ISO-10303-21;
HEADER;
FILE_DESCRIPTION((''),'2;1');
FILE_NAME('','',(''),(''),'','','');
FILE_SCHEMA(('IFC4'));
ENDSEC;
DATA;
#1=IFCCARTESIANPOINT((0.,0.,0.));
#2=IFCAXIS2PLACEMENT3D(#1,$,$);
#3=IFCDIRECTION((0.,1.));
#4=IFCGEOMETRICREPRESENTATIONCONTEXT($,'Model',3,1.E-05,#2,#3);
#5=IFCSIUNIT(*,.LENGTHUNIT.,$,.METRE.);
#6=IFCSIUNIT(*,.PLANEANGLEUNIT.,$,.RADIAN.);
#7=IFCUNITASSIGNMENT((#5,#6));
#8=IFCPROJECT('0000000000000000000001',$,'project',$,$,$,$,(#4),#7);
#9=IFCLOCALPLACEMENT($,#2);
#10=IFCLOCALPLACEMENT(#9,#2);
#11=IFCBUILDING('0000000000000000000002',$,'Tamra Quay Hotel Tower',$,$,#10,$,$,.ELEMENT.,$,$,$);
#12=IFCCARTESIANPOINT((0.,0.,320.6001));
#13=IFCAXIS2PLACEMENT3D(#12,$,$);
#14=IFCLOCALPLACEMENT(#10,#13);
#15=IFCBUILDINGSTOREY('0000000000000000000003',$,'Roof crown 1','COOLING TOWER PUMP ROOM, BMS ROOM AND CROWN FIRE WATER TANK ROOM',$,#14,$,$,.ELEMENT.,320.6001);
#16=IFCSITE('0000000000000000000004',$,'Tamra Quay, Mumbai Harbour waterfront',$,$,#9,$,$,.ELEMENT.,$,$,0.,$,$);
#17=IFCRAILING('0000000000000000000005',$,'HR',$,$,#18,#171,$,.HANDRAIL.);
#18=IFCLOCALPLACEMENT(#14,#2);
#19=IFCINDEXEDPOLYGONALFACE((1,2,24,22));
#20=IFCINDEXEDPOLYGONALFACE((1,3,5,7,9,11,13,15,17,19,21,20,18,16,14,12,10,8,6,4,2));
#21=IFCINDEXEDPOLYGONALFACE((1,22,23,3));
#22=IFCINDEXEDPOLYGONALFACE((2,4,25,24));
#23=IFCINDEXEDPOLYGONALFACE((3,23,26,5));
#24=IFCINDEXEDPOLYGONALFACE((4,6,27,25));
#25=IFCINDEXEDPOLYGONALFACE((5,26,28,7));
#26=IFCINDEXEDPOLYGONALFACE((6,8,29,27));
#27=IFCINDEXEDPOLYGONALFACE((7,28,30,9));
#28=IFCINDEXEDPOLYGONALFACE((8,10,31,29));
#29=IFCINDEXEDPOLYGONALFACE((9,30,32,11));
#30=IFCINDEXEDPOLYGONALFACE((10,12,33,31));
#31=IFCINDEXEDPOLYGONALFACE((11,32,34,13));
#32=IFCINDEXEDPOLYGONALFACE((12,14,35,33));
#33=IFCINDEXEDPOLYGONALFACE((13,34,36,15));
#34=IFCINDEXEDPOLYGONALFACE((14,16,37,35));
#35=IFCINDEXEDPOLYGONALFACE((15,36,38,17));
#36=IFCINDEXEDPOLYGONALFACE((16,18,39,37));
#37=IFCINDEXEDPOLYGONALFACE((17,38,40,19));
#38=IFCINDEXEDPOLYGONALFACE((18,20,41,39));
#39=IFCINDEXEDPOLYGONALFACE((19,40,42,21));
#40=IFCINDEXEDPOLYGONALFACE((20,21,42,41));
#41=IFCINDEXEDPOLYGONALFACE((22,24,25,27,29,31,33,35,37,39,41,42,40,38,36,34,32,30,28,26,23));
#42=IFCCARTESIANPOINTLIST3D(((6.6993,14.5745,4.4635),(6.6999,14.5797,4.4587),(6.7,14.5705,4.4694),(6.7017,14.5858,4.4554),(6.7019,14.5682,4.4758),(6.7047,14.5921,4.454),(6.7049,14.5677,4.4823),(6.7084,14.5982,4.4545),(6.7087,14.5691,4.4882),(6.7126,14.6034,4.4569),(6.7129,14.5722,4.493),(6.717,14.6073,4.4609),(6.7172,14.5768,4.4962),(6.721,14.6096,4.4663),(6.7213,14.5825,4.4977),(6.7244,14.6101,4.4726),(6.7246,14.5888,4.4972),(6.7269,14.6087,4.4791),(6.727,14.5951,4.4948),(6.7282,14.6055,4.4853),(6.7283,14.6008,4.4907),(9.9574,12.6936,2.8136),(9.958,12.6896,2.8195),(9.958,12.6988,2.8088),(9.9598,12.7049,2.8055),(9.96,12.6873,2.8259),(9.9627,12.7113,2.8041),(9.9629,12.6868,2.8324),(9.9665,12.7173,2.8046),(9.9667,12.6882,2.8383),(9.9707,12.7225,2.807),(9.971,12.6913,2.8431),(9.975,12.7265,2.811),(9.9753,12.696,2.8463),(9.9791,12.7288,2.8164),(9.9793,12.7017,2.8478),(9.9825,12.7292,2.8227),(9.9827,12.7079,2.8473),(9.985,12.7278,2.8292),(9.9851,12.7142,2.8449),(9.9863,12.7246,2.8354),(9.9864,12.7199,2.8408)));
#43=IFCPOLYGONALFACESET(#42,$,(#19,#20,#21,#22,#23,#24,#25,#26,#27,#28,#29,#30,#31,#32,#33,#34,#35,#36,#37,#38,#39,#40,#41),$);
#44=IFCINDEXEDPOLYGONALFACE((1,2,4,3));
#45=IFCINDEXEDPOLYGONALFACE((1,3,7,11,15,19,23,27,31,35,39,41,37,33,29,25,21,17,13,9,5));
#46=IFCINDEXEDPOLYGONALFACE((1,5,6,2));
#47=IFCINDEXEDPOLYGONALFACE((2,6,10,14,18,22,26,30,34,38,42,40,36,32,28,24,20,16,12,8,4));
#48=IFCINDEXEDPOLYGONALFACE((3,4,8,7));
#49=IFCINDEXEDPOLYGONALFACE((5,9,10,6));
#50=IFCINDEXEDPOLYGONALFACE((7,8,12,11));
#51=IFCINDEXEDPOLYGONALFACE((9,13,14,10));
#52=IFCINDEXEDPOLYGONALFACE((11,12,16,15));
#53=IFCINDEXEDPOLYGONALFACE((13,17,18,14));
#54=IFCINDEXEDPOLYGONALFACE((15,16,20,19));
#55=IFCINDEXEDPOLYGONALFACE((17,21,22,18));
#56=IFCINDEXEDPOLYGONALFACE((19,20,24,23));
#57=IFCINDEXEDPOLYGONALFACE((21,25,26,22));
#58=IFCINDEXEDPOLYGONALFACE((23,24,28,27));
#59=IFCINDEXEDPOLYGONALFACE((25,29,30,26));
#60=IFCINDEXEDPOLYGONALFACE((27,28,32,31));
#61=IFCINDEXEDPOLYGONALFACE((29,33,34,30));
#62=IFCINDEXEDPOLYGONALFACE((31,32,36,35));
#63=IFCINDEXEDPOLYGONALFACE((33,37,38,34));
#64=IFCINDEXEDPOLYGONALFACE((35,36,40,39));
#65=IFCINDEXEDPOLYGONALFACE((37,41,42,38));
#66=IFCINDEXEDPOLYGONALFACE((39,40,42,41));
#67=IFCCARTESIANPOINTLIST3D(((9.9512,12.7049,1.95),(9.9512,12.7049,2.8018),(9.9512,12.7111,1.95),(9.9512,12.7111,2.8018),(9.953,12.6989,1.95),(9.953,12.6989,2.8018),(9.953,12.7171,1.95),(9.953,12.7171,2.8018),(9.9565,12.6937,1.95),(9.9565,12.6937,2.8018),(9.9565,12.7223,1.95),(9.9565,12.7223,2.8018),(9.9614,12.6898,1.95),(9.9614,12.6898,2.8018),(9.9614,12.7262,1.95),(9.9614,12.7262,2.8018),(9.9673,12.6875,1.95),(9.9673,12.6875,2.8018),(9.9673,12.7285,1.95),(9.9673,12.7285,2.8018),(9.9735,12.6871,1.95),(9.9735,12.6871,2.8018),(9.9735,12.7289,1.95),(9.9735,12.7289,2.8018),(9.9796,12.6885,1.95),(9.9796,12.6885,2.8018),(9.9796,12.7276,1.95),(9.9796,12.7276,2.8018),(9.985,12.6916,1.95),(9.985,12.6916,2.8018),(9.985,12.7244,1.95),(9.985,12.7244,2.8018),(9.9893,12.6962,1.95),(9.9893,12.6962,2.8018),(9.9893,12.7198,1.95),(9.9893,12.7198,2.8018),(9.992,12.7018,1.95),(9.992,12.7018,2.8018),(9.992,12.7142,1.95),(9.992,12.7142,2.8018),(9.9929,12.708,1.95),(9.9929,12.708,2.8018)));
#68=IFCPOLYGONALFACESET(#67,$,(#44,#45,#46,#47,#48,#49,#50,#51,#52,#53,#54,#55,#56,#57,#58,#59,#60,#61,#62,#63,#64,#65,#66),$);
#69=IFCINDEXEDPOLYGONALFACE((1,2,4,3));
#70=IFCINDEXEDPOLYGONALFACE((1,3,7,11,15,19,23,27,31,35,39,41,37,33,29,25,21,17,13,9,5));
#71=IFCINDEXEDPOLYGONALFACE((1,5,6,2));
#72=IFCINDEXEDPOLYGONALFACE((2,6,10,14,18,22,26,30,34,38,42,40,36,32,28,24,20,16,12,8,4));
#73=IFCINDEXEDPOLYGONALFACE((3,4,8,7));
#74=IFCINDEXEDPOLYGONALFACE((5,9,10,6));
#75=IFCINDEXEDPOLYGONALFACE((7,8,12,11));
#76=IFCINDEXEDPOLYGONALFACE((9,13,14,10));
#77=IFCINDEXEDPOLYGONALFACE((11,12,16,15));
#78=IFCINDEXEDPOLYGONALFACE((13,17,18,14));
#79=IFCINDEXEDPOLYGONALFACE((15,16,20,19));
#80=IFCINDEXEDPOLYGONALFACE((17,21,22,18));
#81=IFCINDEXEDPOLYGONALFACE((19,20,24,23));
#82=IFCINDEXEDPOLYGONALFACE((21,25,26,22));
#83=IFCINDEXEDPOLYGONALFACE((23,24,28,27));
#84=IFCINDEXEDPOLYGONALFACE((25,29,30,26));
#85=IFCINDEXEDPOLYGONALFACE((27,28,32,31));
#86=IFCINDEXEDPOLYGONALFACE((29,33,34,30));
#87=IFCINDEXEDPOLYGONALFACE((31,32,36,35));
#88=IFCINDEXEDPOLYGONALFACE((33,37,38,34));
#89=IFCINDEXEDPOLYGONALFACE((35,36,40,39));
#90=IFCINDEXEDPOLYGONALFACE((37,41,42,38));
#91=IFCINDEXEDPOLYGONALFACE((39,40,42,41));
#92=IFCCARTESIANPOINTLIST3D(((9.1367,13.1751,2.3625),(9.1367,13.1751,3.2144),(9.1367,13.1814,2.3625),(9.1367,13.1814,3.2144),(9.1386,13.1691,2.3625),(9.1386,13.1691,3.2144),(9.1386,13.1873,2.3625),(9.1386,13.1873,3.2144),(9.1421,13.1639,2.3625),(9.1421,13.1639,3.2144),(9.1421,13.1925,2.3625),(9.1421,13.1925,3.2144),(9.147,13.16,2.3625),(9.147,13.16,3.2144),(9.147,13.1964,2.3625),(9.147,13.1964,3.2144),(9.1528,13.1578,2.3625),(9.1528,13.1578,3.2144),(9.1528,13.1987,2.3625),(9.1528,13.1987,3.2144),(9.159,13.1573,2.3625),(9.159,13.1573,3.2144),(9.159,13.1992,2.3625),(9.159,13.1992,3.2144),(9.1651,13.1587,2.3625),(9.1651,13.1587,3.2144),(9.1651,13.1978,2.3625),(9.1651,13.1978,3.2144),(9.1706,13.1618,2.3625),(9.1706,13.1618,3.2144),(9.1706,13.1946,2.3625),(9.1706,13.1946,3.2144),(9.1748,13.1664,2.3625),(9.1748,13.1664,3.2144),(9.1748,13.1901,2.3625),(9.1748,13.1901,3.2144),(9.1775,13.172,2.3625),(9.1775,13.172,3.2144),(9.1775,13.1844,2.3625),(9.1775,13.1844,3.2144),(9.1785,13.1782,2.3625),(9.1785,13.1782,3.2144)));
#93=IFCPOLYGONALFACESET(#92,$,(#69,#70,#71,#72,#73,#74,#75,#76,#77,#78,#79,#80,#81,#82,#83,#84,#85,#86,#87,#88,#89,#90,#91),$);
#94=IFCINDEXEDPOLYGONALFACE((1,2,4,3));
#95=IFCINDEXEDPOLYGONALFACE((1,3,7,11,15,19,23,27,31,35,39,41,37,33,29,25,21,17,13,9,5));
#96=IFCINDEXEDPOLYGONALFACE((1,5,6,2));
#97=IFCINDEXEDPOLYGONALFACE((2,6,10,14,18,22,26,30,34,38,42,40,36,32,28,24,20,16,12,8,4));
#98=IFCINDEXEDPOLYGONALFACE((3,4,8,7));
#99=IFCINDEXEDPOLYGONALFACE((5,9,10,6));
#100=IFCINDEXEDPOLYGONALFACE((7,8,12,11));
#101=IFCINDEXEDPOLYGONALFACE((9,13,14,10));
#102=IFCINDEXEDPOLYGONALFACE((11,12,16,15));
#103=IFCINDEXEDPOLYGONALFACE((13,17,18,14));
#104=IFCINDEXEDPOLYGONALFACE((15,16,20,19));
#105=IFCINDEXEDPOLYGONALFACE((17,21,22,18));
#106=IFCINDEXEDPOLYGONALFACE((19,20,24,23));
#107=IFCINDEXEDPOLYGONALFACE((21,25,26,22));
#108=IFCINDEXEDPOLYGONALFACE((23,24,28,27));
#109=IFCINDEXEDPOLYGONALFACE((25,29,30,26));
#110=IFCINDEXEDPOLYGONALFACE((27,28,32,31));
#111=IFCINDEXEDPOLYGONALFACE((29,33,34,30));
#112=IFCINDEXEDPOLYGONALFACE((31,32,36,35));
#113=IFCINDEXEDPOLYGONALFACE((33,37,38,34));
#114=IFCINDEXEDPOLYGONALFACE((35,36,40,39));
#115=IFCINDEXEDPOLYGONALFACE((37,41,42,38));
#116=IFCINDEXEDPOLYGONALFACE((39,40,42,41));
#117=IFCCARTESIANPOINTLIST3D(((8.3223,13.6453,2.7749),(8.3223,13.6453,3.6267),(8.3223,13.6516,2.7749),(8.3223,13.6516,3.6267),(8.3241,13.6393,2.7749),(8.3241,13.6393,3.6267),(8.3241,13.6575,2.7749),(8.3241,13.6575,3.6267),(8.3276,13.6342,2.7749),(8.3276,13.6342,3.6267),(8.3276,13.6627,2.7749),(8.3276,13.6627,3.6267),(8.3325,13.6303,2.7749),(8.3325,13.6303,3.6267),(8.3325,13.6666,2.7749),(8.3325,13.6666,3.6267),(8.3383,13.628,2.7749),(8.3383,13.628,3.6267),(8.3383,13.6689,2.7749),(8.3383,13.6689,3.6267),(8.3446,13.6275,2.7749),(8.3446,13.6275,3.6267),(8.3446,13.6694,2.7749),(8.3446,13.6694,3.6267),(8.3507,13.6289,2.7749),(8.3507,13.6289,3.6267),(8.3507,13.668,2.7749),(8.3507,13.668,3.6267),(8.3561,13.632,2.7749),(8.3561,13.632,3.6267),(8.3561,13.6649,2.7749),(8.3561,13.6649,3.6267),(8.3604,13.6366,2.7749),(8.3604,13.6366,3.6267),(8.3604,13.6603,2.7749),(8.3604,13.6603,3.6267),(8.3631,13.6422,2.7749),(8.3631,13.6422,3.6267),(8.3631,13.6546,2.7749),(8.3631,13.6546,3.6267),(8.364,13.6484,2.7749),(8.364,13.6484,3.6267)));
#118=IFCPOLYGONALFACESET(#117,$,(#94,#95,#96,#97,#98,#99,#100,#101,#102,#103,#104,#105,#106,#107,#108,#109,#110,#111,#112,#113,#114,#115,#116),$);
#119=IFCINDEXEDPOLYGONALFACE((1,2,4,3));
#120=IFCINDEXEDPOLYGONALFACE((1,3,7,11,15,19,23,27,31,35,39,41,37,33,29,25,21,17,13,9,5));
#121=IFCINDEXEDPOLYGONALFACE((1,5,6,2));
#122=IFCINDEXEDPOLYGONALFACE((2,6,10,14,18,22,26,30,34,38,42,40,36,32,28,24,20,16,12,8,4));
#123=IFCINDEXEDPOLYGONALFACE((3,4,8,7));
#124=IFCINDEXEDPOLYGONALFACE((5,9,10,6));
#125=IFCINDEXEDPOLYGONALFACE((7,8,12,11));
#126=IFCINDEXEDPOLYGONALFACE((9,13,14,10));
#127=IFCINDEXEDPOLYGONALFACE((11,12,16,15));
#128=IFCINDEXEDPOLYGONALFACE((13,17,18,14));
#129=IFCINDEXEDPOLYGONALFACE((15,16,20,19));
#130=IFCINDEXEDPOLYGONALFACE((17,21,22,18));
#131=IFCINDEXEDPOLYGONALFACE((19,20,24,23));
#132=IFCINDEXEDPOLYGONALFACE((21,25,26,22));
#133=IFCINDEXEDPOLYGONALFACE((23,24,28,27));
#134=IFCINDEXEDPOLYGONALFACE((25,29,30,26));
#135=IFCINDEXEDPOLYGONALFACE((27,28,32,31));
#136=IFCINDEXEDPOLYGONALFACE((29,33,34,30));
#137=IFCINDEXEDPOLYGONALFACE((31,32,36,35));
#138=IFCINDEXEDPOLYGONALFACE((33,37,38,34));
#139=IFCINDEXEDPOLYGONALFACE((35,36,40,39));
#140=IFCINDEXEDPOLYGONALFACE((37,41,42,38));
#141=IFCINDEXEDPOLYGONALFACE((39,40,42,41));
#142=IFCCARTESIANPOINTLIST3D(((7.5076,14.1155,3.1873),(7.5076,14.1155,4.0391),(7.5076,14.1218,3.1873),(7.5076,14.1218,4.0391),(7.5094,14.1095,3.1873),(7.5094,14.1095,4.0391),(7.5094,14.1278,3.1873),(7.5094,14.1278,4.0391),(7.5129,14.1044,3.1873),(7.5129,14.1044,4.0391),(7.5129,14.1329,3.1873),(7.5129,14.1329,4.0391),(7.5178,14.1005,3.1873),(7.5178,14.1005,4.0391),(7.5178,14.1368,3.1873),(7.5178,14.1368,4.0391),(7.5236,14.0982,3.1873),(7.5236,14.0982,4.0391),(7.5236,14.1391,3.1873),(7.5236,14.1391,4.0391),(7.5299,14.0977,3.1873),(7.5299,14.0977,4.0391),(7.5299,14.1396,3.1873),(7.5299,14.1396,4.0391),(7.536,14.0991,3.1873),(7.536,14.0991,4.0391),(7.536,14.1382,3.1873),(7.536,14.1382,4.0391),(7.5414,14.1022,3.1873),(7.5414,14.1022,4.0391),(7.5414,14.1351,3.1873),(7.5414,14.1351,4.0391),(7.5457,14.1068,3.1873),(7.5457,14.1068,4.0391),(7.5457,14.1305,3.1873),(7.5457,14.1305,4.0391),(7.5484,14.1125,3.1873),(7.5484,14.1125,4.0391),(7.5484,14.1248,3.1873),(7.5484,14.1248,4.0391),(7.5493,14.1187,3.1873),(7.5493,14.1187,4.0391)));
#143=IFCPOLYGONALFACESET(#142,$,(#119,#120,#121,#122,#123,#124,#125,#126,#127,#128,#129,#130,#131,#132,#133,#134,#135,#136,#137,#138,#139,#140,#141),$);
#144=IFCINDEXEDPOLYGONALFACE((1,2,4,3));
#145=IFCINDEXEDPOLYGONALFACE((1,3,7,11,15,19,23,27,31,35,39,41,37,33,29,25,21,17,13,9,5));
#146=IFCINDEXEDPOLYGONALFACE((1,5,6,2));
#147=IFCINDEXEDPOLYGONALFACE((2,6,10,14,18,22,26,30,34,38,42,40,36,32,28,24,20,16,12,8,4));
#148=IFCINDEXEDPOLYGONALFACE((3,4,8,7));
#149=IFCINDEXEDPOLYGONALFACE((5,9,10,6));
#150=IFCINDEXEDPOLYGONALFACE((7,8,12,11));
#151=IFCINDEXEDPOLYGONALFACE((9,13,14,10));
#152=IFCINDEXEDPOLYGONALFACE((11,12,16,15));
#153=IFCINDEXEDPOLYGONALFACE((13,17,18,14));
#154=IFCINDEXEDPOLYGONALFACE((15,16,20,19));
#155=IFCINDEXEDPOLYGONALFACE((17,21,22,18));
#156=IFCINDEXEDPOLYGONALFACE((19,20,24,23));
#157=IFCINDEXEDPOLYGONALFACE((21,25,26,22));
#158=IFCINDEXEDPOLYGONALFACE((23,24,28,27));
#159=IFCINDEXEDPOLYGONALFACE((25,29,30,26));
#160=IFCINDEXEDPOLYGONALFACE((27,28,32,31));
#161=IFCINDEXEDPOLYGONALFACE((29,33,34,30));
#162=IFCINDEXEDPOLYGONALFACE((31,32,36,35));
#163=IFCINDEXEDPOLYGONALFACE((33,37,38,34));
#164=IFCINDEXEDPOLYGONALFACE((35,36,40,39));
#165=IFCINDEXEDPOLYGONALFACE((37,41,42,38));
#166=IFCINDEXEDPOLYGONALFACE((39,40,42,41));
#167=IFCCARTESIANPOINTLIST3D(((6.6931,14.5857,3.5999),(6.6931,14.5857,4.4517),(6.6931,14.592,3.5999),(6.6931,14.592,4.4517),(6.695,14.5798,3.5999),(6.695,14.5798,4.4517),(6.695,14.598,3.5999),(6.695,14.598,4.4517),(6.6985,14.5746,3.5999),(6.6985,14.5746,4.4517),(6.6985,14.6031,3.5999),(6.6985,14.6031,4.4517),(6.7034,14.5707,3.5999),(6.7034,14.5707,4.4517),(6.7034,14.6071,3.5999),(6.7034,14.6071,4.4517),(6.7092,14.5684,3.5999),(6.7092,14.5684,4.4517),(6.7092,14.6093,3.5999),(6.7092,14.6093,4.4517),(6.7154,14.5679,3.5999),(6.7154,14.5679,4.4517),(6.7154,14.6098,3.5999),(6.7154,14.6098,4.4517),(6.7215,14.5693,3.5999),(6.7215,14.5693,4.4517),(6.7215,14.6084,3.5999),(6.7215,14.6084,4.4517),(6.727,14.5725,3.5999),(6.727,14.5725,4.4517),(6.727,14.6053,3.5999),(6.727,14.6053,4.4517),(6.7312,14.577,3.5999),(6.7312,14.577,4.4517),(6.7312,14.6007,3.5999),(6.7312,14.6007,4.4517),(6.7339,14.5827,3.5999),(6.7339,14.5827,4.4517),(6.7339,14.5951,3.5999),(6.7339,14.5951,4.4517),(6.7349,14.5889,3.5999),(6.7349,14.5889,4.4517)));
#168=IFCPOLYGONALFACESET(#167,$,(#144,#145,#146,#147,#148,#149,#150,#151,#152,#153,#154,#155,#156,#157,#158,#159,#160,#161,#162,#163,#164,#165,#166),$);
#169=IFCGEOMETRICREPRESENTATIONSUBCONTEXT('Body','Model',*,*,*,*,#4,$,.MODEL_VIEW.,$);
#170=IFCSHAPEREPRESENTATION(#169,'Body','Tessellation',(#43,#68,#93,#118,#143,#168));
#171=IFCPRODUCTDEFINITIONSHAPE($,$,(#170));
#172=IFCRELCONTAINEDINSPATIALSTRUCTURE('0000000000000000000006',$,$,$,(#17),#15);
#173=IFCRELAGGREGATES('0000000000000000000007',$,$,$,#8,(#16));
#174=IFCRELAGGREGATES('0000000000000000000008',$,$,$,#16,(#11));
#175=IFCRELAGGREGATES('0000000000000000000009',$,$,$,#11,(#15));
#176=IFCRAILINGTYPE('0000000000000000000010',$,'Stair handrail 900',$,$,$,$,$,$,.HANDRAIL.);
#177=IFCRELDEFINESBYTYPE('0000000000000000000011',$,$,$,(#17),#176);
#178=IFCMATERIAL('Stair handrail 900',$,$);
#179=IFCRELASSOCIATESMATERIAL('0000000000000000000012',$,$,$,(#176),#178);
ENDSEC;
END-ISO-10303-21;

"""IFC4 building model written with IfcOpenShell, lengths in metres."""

from ifc_helpers import new_model, si_unit, direction, frame, origin, origin_2d, place, context, subcontext, project, spatial, circle, extrude, material, type_object, element, save


model = new_model("IFC4")

# Units and contexts
model_context = context("Model", 3, precision=1e-05, world=origin(), true_north=direction((0.0, 1.0)))
body_context = subcontext(model_context, "Body", "Model", "MODEL_VIEW")
ifc_project = project(units=[si_unit("LENGTHUNIT", "METRE"), si_unit("PLANEANGLEUNIT", "RADIAN")], contexts=[model_context])

# Site, building, storey
site_placement = place(None, origin())
site = spatial("IfcSite", under=ifc_project, at=site_placement, Name="Tamra Quay, Mumbai Harbour waterfront", CompositionType="ELEMENT", RefElevation=0.0)
building_placement = place(site_placement, origin())
building = spatial("IfcBuilding", under=site, at=building_placement, Name="Tamra Quay Hotel Tower", CompositionType="ELEMENT")
storey_placement = place(building_placement, frame((0.0, 0.0, 320.6001)))
storey = spatial("IfcBuildingStorey", under=building, at=storey_placement, Name="Roof crown 1", Description="COOLING TOWER PUMP ROOM, BMS ROOM AND CROWN FIRE WATER TANK ROOM", CompositionType="ELEMENT", Elevation=320.6001)

# Railing
ifc_material_1 = material(Name="Stair handrail 900")
railing_type_1 = type_object("IfcRailingType", Name="Stair handrail 900", PredefinedType="HANDRAIL", material=ifc_material_1)
railing_1_placement = place(storey_placement, frame((9.9719, 12.708, 1.95)))
element("IfcRailing", 1, at=railing_1_placement, inside=storey, type_object=railing_type_1, Name="HR", PredefinedType="HANDRAIL", context=body_context, shape_type="SweptSolid", body=[
    extrude(circle(Radius=0.0239, at=origin_2d()), frame((0.0, 0.0, 0.876), z_axis=(-0.793122, 0.457865, 0.401642), x_axis=(-0.499964, -0.866046, 0.0)), (0.0, 0.0, 1.0), 4.1079),
    extrude(circle(Radius=0.021, at=origin_2d()), origin(), (0.0, 0.0, 1.0), 0.8518),
    extrude(circle(Radius=0.021, at=origin_2d()), frame((-0.8145, 0.4702, 0.4126)), (0.0, 0.0, 1.0), 0.8518),
    extrude(circle(Radius=0.021, at=origin_2d()), frame((-1.6289, 0.9404, 0.825)), (0.0, 0.0, 1.0), 0.8518),
    extrude(circle(Radius=0.021, at=origin_2d()), frame((-2.4436, 1.4106, 1.2373)), (0.0, 0.0, 1.0), 0.8518),
    extrude(circle(Radius=0.021, at=origin_2d()), frame((-3.2581, 1.8809, 1.6499)), (0.0, 0.0, 1.0), 0.8518),
])

save(model, "model.ifc")
